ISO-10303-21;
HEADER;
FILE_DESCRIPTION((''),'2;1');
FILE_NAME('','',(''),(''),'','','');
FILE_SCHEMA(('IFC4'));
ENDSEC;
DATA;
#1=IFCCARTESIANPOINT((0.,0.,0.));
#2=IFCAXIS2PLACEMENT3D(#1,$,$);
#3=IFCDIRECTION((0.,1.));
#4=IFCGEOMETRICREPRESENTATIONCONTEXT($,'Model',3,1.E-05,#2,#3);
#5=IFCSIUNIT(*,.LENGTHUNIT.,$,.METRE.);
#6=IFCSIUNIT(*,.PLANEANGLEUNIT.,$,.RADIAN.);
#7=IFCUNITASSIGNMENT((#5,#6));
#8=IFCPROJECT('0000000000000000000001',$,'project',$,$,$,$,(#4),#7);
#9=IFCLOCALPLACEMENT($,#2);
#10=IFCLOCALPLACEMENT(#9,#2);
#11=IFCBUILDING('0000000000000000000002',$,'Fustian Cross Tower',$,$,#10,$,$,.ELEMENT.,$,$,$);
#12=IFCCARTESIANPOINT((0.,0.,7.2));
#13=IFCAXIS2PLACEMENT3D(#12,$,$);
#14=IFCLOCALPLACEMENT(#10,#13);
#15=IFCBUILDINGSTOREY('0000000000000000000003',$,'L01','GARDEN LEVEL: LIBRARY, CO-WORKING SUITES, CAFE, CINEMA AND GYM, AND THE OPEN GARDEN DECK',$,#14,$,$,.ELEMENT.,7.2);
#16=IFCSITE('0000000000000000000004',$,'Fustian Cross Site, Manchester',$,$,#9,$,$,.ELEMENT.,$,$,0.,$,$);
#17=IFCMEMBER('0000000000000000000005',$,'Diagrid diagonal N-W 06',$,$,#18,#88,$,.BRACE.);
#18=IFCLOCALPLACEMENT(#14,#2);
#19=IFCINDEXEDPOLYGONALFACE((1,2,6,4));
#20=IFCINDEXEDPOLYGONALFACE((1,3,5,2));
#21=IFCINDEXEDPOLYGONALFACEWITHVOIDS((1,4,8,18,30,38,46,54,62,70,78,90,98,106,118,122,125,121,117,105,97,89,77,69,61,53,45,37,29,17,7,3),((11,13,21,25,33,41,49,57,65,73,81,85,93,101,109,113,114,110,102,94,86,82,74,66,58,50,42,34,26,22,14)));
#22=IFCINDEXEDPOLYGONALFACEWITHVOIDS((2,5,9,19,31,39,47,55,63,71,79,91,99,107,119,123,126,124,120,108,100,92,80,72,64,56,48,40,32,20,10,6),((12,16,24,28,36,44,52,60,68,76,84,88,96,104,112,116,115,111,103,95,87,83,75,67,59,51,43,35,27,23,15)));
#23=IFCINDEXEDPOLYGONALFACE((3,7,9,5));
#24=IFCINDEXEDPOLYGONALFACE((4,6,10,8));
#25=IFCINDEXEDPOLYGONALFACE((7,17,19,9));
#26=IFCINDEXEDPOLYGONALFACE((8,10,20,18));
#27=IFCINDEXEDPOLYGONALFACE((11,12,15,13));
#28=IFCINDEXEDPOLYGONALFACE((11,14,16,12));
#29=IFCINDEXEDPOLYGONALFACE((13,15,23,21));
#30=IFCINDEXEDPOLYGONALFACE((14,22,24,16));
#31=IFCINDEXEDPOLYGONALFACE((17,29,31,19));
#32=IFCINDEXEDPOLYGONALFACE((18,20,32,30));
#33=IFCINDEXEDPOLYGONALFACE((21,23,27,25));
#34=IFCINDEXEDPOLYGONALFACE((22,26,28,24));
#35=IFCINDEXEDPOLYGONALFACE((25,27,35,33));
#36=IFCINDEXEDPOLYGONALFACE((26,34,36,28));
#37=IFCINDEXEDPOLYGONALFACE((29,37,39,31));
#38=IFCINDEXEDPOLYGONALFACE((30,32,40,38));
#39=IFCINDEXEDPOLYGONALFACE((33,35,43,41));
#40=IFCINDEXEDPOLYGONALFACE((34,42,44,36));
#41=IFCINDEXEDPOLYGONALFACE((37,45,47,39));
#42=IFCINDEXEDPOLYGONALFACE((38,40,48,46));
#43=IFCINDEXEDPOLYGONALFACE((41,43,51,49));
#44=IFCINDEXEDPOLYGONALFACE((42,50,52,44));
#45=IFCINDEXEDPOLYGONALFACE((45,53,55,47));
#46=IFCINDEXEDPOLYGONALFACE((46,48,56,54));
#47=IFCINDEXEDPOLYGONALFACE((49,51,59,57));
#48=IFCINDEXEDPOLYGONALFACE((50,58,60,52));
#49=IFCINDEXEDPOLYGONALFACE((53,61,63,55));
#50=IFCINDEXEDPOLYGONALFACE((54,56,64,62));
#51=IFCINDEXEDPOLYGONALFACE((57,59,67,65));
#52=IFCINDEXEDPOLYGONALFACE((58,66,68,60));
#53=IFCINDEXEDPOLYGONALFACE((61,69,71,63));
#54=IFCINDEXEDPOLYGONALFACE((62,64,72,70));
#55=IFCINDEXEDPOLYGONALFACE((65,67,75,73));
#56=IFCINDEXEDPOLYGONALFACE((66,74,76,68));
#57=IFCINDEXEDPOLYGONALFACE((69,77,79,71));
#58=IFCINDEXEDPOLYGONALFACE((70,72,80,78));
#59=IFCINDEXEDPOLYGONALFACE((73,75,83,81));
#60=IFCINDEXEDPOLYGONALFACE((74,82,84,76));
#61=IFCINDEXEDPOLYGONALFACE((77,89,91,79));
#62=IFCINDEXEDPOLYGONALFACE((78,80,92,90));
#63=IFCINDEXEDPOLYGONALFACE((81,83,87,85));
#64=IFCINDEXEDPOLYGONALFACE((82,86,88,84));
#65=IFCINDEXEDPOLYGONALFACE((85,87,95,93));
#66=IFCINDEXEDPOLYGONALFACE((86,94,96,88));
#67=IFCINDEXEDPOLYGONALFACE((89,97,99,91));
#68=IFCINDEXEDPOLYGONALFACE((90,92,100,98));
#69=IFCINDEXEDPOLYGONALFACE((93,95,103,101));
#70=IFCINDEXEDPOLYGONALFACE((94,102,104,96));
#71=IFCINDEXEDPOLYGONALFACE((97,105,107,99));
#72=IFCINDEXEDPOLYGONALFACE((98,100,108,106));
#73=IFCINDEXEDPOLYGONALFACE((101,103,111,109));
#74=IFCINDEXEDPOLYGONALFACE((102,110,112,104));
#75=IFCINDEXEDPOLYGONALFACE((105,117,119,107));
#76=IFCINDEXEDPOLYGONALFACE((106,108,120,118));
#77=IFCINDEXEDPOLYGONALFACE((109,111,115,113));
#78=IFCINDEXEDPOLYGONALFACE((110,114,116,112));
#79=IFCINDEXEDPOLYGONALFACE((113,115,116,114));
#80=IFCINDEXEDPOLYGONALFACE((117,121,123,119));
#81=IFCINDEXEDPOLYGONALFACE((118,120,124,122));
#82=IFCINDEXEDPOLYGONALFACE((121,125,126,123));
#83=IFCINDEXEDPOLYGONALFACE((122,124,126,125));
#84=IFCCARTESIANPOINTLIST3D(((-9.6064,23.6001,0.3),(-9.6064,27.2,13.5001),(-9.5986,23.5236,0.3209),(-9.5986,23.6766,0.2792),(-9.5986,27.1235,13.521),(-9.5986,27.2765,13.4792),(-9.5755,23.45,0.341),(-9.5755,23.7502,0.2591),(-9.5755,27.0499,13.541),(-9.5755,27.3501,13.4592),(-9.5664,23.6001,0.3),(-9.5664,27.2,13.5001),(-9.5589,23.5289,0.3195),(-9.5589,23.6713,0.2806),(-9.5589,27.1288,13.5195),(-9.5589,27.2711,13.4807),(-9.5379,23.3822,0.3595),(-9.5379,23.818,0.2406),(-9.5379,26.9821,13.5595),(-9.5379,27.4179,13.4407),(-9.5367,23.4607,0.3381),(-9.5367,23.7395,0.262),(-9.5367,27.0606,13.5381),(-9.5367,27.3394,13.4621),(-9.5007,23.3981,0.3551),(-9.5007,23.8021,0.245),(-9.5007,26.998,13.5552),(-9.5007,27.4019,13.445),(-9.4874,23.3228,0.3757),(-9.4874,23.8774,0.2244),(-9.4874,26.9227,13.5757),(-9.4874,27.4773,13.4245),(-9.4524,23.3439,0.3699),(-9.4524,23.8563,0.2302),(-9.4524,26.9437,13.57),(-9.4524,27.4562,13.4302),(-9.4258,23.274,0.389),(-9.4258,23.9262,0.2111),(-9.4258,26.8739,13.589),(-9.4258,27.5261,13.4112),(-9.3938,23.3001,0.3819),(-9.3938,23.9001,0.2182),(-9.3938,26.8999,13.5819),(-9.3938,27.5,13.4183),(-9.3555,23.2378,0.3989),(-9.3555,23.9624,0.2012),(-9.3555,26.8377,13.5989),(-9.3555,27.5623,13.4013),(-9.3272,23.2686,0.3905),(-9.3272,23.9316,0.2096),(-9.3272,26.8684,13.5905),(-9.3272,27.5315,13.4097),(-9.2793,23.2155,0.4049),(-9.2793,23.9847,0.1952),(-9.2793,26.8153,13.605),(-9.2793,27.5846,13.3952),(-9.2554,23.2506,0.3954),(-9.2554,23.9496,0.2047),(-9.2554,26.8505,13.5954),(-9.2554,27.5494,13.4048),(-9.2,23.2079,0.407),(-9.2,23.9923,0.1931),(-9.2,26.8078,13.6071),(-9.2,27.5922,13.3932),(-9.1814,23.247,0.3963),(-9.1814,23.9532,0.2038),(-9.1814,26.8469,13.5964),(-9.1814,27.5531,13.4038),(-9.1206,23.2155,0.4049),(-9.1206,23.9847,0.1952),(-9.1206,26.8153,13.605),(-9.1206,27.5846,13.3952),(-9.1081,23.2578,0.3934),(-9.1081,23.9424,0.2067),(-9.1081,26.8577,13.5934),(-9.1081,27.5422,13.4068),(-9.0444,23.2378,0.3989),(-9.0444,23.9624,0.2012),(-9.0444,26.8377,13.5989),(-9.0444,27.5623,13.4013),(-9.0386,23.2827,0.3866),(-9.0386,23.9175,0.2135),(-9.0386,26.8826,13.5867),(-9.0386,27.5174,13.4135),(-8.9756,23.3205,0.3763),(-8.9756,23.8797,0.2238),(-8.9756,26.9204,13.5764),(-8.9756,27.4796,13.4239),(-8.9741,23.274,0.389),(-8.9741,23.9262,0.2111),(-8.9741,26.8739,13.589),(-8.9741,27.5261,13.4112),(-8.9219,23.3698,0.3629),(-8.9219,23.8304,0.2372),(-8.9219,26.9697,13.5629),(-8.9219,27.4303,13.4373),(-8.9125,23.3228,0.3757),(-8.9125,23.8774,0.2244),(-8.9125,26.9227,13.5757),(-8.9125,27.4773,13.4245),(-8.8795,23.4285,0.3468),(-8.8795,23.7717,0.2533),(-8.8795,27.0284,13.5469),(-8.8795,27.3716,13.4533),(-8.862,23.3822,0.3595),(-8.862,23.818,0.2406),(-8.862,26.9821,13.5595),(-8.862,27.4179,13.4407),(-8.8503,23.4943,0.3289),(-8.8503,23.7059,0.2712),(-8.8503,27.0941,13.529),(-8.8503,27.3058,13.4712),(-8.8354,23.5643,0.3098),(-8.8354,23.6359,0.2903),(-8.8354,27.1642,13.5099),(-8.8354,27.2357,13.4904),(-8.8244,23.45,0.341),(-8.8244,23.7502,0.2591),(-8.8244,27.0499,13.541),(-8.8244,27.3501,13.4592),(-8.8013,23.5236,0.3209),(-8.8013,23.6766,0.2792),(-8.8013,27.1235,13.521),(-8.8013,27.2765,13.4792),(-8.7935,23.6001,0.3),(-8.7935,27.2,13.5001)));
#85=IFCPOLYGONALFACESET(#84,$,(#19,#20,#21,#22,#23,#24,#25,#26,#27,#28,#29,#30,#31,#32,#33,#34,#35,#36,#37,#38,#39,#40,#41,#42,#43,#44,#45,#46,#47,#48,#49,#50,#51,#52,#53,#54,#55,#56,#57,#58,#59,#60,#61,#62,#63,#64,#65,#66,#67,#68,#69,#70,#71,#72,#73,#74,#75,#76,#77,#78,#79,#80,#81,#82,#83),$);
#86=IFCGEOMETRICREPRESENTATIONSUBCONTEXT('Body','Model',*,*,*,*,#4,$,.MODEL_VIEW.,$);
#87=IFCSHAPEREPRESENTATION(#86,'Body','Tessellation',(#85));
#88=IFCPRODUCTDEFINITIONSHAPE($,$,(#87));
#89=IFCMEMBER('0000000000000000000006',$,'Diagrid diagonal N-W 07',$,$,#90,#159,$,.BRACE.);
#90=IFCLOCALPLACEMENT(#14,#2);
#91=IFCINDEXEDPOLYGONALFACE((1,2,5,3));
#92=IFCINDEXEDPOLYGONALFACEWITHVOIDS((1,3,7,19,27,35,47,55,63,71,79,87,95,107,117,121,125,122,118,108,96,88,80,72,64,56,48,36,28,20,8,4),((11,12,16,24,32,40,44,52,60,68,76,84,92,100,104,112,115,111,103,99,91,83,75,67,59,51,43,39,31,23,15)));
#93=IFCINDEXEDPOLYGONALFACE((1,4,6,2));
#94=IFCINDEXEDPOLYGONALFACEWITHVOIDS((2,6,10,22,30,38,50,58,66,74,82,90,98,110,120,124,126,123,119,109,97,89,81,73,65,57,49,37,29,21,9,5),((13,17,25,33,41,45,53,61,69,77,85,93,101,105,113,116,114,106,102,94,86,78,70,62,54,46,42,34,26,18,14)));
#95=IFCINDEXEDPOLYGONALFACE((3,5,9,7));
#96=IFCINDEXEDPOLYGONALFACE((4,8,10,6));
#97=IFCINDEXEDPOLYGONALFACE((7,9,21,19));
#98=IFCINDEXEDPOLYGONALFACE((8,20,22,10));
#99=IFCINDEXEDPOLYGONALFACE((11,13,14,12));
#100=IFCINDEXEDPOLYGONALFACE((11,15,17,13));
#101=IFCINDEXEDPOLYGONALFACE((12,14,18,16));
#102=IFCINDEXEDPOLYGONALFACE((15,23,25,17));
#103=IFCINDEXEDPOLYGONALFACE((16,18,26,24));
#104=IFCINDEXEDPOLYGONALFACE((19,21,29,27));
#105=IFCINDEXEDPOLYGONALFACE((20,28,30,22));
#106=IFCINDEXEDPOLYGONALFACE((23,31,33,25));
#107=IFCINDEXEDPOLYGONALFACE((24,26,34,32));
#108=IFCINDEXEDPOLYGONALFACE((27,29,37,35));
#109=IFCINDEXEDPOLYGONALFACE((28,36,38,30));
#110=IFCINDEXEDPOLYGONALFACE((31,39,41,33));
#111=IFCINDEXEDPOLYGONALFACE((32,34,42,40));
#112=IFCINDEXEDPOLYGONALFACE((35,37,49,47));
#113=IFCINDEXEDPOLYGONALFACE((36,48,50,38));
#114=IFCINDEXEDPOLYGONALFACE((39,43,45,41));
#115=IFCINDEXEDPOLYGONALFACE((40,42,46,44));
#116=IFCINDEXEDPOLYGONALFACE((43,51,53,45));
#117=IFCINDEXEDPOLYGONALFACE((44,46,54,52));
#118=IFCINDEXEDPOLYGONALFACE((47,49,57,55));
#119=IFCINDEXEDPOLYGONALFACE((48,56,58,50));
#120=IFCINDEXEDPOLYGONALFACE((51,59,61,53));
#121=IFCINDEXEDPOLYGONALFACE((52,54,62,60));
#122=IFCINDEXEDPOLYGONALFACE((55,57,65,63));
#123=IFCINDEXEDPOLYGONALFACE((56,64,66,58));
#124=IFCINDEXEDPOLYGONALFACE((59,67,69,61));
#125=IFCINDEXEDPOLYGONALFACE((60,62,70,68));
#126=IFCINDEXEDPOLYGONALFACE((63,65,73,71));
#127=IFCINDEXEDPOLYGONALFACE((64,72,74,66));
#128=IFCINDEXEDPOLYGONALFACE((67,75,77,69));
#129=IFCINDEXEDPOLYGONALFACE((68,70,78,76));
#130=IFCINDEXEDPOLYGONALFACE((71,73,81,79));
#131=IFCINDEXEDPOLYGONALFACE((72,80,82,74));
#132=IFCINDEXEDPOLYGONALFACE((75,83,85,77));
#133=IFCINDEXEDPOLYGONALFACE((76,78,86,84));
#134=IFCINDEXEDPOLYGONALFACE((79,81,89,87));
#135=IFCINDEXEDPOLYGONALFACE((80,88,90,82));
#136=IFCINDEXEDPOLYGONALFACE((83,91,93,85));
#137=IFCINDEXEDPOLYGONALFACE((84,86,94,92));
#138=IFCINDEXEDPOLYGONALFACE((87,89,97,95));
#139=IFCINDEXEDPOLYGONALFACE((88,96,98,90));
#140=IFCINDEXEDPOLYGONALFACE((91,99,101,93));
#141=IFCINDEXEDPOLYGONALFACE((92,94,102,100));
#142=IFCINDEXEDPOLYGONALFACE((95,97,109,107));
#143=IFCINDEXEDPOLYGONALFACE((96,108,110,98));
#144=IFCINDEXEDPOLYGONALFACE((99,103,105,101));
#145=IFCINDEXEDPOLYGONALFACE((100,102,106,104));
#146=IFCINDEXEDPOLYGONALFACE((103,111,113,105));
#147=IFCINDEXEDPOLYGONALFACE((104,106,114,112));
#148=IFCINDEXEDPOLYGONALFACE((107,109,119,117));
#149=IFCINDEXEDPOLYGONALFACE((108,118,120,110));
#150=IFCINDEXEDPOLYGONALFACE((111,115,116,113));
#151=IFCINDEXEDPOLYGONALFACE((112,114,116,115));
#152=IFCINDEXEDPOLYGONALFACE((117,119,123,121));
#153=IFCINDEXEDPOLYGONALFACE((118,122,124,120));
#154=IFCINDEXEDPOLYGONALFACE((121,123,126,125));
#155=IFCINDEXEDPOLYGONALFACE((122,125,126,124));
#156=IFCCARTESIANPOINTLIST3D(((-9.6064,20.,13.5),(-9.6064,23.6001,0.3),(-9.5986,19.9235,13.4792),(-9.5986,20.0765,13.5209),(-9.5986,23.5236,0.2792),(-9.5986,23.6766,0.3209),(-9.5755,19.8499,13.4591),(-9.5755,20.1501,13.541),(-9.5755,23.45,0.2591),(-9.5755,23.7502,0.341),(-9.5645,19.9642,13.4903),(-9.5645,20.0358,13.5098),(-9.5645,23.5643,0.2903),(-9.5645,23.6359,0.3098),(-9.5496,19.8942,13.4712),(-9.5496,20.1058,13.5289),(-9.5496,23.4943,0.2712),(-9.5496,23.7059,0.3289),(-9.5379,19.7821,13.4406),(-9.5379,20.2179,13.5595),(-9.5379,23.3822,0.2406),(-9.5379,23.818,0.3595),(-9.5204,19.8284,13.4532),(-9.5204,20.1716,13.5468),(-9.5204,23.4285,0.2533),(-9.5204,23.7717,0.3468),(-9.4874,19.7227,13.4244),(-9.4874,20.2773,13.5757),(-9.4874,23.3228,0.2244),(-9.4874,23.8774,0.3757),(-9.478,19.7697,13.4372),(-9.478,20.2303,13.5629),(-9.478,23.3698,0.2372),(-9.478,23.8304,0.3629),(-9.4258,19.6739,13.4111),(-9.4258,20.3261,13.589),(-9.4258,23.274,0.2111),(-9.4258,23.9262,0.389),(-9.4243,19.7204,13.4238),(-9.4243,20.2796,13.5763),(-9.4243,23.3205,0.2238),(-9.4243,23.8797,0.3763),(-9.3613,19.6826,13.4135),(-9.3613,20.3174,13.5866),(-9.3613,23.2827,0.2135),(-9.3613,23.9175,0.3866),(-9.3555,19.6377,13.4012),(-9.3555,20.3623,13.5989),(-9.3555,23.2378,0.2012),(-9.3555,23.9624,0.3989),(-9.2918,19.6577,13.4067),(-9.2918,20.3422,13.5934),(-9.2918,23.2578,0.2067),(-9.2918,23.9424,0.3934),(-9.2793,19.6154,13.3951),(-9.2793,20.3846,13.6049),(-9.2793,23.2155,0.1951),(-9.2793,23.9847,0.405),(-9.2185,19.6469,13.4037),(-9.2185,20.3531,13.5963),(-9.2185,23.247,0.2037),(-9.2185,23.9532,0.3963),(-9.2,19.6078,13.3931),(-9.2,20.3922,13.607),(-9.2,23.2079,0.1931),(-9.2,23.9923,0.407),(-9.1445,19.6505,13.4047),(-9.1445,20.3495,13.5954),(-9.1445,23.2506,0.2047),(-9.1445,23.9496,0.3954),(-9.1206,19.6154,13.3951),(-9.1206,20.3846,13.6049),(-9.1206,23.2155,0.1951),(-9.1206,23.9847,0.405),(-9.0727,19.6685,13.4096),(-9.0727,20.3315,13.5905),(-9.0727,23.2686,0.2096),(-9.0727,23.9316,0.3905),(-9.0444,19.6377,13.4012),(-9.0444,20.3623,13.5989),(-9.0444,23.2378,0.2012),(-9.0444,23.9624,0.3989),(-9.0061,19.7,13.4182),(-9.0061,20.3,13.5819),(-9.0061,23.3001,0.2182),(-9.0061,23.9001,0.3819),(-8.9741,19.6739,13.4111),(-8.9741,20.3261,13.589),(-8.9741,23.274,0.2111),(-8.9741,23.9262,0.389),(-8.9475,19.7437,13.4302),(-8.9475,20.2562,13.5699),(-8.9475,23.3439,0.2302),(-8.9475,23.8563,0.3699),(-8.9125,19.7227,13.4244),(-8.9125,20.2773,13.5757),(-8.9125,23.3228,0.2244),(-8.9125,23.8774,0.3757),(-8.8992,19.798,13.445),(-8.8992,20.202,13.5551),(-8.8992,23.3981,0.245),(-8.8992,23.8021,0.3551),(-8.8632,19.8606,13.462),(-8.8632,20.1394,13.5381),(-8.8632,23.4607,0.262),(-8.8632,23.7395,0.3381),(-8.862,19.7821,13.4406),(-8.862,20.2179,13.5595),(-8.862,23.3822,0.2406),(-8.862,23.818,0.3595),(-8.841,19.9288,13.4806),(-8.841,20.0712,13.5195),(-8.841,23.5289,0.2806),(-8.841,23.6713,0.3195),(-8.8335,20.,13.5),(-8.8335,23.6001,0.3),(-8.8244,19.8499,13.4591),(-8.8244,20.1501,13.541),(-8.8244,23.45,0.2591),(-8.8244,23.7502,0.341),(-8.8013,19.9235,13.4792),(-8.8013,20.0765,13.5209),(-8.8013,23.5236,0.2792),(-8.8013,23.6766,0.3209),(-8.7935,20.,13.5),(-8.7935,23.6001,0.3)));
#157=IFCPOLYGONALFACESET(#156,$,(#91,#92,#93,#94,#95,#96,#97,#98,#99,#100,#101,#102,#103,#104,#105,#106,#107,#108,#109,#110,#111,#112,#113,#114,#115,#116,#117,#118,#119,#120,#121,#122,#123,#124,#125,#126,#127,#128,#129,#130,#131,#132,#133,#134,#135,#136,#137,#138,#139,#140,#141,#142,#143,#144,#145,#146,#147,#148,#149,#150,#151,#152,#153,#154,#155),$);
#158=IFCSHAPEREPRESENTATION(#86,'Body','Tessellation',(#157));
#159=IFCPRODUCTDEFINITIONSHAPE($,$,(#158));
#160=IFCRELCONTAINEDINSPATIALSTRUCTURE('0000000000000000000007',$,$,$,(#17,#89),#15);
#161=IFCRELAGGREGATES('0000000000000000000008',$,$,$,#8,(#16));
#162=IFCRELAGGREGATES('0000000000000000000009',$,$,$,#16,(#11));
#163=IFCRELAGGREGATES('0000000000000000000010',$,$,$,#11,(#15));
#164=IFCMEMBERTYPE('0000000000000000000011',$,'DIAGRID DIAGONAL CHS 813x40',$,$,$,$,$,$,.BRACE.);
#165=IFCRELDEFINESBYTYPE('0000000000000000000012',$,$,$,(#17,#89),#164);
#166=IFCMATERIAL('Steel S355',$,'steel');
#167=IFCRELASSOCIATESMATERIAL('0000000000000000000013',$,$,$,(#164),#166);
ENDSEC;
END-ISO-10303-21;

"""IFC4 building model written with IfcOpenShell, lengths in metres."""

from ifc_helpers import new_model, si_unit, direction, frame, origin, origin_2d, place, context, subcontext, project, spatial, hollow_circle, extrude, material, material_profile, profile_set, type_object, element, save


model = new_model("IFC4")

# Units and contexts
model_context = context("Model", 3, precision=1e-05, world=origin(), true_north=direction((0.0, 1.0)))
body_context = subcontext(model_context, "Body", "Model", "MODEL_VIEW")
ifc_project = project(units=[si_unit("LENGTHUNIT", "METRE"), si_unit("PLANEANGLEUNIT", "RADIAN")], contexts=[model_context])

# Site, building, storey
site_placement = place(None, origin())
site = spatial("IfcSite", under=ifc_project, at=site_placement, Name="Fustian Cross Site, Manchester", CompositionType="ELEMENT", RefElevation=0.0)
building_placement = place(site_placement, origin())
building = spatial("IfcBuilding", under=site, at=building_placement, Name="Fustian Cross Tower", CompositionType="ELEMENT")
storey_placement = place(building_placement, frame((0.0, 0.0, 7.2)))
storey = spatial("IfcBuildingStorey", under=building, at=storey_placement, Name="L01", Description="GARDEN LEVEL: LIBRARY, CO-WORKING SUITES, CAFE, CINEMA AND GYM, AND THE OPEN GARDEN DECK", CompositionType="ELEMENT", Elevation=7.2)

# Members
ifc_material_1 = material(Name="Steel S355", Category="steel")
ifc_material_profile_1 = material_profile(ifc_material_1, hollow_circle(Radius=0.4065, WallThickness=0.04, at=origin_2d()), Name="CHS 813x40")
ifc_profile_set_1 = profile_set([ifc_material_profile_1], Name="Steel S355")
member_type_1 = type_object("IfcMemberType", Name="DIAGRID DIAGONAL CHS 813x40", PredefinedType="BRACE", material=ifc_profile_set_1)
for number, where, z_axis, x_axis, name in (
    (1, (-9.2, 23.6001, 0.3), (0.0, 0.263108, 0.964766), (-1.0, 0.0, 0.0), "Diagrid diagonal N-W 06"),
    (2, (-9.2, 23.6001, 0.3), (0.0, -0.263125, 0.964762), (1.0, 0.0, 0.0), "Diagrid diagonal N-W 07"),
):
    element("IfcMember", number, at=place(storey_placement, frame(where, z_axis=z_axis, x_axis=x_axis)), inside=storey, type_object=member_type_1, Name=name, PredefinedType="BRACE", context=body_context, shape_type="SweptSolid", body=[
        extrude(hollow_circle(Radius=0.4065, WallThickness=0.04, at=origin_2d()), origin(), (0.0, 0.0, 1.0), 13.6821),
    ])

save(model, "model.ifc")
